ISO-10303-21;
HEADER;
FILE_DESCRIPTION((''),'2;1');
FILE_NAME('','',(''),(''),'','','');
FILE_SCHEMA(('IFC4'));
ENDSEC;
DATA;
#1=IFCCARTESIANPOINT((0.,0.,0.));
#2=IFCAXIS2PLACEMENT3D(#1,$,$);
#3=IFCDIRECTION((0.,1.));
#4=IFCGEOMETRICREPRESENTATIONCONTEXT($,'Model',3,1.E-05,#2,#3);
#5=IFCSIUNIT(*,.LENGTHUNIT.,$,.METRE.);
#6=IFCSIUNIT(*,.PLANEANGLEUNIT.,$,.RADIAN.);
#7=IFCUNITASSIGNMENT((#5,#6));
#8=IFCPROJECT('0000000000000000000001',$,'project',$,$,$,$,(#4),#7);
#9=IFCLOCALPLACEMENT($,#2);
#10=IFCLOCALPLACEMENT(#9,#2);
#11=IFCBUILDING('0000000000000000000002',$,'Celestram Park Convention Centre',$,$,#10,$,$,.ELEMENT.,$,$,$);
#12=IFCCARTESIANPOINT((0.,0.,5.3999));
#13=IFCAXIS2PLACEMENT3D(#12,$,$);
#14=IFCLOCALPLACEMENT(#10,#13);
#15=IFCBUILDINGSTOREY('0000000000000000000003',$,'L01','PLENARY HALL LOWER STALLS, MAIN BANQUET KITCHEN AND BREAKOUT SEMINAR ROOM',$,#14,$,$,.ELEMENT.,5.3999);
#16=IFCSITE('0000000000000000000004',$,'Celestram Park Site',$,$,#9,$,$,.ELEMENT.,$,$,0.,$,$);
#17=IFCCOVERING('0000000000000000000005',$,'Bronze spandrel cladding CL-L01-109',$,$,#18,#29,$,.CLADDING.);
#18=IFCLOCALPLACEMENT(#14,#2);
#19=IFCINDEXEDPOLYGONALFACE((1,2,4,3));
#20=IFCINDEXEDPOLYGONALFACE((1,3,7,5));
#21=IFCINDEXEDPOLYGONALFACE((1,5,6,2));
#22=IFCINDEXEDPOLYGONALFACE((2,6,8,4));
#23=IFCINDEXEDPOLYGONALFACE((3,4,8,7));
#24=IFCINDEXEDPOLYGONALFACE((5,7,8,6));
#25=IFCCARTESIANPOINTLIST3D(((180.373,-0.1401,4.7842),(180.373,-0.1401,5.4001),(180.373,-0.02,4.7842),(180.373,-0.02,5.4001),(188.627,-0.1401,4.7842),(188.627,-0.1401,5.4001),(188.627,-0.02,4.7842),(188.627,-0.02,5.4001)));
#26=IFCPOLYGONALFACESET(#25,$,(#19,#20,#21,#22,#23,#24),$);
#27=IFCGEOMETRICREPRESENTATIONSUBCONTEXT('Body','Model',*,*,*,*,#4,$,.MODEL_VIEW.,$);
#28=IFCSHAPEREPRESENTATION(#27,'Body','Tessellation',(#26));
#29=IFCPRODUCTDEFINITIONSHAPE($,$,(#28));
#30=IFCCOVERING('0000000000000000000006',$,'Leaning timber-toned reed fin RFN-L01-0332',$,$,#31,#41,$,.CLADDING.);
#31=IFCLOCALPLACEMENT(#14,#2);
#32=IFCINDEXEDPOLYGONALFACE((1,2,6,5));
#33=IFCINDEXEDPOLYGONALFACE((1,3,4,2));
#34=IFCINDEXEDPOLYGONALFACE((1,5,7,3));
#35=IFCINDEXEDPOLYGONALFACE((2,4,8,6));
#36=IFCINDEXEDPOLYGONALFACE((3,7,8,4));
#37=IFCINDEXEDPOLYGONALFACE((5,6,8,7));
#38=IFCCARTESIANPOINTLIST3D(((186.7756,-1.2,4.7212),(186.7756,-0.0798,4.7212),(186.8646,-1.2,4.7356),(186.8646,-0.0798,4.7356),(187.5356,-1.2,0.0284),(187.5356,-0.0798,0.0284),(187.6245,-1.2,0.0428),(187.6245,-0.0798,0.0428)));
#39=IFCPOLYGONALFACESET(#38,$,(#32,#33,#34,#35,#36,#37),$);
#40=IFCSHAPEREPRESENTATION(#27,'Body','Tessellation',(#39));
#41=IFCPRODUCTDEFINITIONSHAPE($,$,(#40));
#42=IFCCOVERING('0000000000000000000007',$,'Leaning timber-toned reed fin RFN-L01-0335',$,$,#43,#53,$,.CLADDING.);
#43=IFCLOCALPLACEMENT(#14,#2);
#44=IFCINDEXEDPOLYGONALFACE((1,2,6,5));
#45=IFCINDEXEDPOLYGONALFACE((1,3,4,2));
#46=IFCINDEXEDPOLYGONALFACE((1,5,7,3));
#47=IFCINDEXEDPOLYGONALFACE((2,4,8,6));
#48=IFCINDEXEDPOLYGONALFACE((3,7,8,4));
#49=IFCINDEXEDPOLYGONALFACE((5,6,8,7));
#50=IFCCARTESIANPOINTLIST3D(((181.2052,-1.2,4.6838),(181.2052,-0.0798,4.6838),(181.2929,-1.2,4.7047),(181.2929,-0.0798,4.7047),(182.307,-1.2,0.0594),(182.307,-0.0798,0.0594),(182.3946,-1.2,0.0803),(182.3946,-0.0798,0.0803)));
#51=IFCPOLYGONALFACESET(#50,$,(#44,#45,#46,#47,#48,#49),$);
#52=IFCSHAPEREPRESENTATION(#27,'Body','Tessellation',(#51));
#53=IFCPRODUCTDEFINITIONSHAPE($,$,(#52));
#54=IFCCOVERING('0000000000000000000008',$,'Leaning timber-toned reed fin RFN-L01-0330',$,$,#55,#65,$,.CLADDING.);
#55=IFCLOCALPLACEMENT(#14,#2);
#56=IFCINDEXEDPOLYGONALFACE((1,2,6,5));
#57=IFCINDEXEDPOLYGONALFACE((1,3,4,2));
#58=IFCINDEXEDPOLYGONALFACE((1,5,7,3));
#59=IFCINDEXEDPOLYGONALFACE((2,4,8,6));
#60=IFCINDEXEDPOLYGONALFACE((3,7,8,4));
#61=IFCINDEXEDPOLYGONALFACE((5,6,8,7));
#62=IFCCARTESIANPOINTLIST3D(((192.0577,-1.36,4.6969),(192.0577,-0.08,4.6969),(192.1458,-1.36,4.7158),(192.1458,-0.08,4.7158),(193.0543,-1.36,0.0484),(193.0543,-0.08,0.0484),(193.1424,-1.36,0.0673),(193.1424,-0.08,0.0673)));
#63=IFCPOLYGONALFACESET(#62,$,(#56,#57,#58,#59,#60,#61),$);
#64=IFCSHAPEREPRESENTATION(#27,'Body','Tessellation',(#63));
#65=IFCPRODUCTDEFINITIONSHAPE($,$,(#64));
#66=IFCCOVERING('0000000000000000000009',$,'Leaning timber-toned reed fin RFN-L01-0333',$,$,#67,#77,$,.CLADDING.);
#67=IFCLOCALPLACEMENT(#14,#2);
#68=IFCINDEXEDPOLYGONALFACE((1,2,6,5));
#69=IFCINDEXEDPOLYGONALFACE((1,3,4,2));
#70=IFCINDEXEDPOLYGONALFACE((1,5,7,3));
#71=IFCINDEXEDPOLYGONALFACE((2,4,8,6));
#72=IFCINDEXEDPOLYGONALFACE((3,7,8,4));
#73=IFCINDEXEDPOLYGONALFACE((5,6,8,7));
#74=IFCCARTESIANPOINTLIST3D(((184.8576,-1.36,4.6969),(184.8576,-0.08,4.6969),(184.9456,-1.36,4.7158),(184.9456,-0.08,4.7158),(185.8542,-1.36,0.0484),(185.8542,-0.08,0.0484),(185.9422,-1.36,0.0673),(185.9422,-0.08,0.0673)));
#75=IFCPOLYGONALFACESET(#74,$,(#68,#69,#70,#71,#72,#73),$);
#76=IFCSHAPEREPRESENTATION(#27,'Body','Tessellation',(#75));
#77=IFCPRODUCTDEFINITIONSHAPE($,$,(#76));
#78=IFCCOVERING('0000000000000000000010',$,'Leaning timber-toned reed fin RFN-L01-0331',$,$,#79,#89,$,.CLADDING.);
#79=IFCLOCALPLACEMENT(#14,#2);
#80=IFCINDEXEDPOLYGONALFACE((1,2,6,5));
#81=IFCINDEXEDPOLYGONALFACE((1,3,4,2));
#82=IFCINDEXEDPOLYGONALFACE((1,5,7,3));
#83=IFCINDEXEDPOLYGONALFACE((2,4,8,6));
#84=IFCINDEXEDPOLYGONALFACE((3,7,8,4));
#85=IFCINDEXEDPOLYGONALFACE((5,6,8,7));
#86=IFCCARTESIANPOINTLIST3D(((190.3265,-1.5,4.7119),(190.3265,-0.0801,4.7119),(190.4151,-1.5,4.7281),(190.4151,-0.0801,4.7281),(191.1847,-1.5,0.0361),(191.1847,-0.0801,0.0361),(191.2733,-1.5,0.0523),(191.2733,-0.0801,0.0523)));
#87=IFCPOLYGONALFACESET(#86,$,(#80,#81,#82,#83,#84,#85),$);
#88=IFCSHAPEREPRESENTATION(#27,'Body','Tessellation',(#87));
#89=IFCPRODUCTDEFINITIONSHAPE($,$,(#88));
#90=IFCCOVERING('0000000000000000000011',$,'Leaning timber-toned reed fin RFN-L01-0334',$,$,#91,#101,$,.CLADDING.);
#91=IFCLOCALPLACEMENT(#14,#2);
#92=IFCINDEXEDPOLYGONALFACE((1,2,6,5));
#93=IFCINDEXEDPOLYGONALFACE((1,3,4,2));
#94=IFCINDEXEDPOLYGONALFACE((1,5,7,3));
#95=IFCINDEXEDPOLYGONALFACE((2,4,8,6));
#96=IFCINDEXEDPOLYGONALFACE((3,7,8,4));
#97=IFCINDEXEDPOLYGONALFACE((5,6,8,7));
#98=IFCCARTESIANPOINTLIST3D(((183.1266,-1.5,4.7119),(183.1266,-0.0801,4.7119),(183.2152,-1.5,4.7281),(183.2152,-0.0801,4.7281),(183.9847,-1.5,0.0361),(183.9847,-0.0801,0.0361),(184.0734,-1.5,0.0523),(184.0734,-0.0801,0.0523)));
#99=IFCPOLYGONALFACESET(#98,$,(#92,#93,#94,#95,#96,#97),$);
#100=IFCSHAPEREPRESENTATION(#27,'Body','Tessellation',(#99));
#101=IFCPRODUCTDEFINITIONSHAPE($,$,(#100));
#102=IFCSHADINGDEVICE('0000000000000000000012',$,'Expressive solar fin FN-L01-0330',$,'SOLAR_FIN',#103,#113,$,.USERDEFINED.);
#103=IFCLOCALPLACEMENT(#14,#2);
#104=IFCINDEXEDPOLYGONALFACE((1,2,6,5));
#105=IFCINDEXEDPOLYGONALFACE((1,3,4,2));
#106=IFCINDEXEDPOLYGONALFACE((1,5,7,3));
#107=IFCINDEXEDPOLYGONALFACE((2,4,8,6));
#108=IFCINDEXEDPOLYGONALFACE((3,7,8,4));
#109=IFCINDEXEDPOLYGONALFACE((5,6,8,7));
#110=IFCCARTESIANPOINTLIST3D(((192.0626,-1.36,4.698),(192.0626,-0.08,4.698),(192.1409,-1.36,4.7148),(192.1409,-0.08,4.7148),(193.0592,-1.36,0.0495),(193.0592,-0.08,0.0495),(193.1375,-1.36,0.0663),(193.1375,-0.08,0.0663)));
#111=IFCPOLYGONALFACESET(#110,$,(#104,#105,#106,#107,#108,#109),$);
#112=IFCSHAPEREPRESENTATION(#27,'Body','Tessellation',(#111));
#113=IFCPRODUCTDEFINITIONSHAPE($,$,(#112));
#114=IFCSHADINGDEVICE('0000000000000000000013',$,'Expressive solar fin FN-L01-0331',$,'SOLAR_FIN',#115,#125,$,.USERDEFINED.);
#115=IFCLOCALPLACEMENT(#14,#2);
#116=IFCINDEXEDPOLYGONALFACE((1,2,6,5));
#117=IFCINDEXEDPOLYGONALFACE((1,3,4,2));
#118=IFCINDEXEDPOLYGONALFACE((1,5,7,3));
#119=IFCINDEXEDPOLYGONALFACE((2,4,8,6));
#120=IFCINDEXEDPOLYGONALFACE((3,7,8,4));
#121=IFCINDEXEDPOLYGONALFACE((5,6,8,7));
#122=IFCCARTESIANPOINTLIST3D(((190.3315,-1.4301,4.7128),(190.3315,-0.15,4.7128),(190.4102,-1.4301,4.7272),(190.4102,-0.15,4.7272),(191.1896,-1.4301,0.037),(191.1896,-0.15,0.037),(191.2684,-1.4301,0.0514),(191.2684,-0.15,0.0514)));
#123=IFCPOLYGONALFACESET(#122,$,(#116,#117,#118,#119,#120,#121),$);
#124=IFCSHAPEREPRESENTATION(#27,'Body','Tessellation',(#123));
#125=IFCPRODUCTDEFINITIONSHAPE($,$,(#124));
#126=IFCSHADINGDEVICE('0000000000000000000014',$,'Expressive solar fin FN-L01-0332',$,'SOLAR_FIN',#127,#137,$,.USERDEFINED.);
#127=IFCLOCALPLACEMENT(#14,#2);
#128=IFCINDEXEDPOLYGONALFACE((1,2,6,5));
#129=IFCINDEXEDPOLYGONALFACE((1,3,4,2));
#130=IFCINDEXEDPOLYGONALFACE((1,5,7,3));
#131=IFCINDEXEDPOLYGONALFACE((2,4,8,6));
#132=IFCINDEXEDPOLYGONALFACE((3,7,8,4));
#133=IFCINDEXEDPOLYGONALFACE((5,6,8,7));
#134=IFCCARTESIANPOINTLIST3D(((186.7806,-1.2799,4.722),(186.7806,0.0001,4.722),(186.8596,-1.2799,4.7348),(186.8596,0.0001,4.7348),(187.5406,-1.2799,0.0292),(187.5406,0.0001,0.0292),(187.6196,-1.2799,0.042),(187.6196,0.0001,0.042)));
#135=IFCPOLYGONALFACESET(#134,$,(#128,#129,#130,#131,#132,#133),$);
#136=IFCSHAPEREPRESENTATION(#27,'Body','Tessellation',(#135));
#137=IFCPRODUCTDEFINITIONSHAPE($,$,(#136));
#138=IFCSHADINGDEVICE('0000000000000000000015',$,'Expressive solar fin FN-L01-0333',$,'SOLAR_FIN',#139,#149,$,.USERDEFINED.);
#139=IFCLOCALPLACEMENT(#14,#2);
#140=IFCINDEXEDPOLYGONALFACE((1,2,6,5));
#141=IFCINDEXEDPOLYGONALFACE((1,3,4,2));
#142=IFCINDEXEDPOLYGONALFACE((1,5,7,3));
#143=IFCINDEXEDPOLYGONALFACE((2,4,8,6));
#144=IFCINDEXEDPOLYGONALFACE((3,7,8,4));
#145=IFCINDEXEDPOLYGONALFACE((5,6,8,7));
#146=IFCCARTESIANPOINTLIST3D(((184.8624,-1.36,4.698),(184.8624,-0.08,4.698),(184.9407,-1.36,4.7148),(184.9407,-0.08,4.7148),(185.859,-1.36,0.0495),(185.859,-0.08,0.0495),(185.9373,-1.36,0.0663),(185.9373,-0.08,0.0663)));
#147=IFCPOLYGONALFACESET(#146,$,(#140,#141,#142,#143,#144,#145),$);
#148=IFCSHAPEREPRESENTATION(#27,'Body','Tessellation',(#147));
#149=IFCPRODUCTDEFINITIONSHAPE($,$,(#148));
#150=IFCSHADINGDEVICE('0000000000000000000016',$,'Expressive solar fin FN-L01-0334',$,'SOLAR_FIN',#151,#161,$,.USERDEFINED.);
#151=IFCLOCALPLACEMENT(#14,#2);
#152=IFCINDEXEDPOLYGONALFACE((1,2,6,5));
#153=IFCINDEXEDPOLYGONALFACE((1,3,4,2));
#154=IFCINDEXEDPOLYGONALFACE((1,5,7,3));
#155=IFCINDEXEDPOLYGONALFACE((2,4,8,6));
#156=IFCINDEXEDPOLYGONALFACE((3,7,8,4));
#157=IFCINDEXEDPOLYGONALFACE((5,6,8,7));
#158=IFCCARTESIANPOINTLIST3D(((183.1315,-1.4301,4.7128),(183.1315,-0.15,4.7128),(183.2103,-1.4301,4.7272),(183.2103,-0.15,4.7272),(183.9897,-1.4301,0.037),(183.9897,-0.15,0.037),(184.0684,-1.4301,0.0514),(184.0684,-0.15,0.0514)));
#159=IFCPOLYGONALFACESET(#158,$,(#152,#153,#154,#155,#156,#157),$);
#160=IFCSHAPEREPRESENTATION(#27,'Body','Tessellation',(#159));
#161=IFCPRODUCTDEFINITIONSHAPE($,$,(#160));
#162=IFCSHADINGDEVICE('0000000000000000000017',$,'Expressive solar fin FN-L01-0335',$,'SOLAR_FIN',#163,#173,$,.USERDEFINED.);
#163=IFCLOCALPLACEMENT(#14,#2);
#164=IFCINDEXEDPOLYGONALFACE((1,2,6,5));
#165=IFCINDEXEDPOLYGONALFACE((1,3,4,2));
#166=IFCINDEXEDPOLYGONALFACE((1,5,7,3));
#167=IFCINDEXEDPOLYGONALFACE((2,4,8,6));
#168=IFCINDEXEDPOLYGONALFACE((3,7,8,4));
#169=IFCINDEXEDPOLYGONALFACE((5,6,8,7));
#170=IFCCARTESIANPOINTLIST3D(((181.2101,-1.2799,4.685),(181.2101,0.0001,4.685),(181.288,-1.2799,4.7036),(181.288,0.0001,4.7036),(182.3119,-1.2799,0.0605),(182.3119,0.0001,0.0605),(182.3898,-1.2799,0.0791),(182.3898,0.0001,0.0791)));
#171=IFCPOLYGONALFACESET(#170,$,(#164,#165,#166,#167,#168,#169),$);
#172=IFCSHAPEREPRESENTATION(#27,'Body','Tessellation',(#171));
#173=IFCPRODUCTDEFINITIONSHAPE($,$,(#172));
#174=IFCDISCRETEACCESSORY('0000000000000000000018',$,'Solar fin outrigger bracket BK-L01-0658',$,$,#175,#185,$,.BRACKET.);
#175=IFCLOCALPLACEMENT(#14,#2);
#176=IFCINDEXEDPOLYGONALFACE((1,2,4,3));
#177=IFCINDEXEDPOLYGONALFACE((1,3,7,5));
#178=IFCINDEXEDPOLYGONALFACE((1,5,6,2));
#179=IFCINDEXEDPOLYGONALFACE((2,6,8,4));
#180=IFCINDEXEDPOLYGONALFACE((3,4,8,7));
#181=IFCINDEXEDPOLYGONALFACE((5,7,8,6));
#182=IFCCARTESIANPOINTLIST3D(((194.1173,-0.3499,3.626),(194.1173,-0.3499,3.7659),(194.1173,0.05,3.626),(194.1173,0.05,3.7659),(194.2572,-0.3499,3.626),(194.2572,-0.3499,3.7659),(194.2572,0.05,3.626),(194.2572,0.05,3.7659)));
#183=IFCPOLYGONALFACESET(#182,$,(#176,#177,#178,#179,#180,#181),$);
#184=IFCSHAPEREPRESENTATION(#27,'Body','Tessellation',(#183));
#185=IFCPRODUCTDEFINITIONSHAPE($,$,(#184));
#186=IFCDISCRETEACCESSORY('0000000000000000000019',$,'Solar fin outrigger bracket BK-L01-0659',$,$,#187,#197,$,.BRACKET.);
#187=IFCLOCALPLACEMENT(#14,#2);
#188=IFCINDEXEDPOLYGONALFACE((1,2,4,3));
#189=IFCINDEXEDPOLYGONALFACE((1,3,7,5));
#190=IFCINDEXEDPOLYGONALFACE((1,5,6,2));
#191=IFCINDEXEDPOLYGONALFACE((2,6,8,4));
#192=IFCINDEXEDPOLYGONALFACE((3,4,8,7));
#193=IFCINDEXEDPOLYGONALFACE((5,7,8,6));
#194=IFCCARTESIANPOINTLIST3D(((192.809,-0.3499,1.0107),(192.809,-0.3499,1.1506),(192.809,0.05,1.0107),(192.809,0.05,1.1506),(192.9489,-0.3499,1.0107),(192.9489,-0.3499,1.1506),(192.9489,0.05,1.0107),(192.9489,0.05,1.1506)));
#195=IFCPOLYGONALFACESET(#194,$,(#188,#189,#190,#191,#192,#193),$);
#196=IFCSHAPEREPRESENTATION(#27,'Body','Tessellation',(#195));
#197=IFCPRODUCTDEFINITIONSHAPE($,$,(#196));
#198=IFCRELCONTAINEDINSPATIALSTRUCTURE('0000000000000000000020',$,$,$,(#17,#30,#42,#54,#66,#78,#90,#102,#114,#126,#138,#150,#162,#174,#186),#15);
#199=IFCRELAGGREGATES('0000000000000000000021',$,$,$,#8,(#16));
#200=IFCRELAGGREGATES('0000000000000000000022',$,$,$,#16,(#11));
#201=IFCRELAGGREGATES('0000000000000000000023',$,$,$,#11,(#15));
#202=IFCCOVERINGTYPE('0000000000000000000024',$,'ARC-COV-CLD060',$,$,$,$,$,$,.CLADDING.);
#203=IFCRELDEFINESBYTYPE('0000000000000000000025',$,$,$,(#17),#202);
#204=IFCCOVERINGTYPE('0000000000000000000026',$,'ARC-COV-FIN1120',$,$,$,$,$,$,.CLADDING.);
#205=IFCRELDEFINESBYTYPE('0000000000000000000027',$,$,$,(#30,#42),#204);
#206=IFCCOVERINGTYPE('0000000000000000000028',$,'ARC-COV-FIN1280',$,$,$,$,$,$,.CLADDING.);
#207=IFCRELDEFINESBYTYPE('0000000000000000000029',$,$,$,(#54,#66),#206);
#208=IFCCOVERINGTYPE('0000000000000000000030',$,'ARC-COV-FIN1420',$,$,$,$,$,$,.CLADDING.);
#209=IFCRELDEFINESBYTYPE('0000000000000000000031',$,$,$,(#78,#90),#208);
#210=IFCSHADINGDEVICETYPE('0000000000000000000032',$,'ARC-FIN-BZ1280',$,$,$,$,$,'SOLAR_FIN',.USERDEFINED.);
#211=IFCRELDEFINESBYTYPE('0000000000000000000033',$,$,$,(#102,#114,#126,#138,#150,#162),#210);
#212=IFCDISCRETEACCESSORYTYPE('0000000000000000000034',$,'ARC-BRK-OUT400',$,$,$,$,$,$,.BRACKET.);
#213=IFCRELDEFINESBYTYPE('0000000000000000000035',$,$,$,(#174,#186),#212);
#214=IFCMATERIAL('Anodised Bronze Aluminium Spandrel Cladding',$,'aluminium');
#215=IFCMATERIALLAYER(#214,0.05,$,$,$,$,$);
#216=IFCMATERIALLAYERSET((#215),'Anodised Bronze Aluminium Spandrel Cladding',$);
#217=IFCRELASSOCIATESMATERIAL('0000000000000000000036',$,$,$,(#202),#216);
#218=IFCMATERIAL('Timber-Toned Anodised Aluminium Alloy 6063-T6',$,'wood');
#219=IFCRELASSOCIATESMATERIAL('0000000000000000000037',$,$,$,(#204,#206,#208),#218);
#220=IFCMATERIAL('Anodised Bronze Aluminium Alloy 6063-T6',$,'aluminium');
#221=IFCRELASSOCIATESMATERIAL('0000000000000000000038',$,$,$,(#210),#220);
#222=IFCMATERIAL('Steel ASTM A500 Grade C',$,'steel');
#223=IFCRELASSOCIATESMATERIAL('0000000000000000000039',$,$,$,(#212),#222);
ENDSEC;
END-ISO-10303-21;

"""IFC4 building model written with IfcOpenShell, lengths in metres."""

from ifc_helpers import new_model, si_unit, direction, frame, origin, origin_2d, place, context, subcontext, project, spatial, rectangle, extrude, material, layer, layer_set, material_profile, profile_set, type_object, element, save


model = new_model("IFC4")

# Units and contexts
model_context = context("Model", 3, precision=1e-05, world=origin(), true_north=direction((0.0, 1.0)))
body_context = subcontext(model_context, "Body", "Model", "MODEL_VIEW")
ifc_project = project(units=[si_unit("LENGTHUNIT", "METRE"), si_unit("PLANEANGLEUNIT", "RADIAN")], contexts=[model_context])

# Site, building, storey
site_placement = place(None, origin())
site = spatial("IfcSite", under=ifc_project, at=site_placement, Name="Celestram Park Site", CompositionType="ELEMENT", RefElevation=0.0)
building_placement = place(site_placement, origin())
building = spatial("IfcBuilding", under=site, at=building_placement, Name="Celestram Park Convention Centre", CompositionType="ELEMENT")
storey_placement = place(building_placement, frame((0.0, 0.0, 5.3999)))
storey = spatial("IfcBuildingStorey", under=building, at=storey_placement, Name="L01", Description="PLENARY HALL LOWER STALLS, MAIN BANQUET KITCHEN AND BREAKOUT SEMINAR ROOM", CompositionType="ELEMENT", Elevation=5.3999)

# Coverings
ifc_material_1 = material(Name="Anodised Bronze Aluminium Spandrel Cladding", Category="aluminium")
ifc_layer_1 = layer(ifc_material_1, 0.05)
ifc_layer_set_1 = layer_set([ifc_layer_1], Name="Anodised Bronze Aluminium Spandrel Cladding")
covering_type_1 = type_object("IfcCoveringType", Name="ARC-COV-CLD060", PredefinedType="CLADDING", material=ifc_layer_set_1)
for number, where, z_axis, x_axis, name in (
    (1, (184.5, -0.0801, 4.7842), (0.0, 0.0, 1.0), (-1.0, 0.0, 0.0), "Bronze spandrel cladding CL-L01-109"),
):
    element("IfcCovering", number, at=place(storey_placement, frame(where, z_axis=z_axis, x_axis=x_axis)), inside=storey, type_object=covering_type_1, Name=name, PredefinedType="CLADDING", context=body_context, shape_type="SweptSolid", body=[
        extrude(rectangle(XDim=8.2539, YDim=0.1201, at=origin_2d()), origin(), (0.0, 0.0, 1.0), 0.616),
    ])
ifc_material_2 = material(Name="Timber-Toned Anodised Aluminium Alloy 6063-T6", Category="wood")
ifc_material_profile_1 = material_profile(ifc_material_2, rectangle(XDim=1.1201, YDim=0.0901, at=origin_2d()), Name="REED1120X90")
ifc_profile_set_1 = profile_set([ifc_material_profile_1], Name="Timber-Toned Anodised Aluminium Alloy 6063-T6")
covering_type_2 = type_object("IfcCoveringType", Name="ARC-COV-FIN1120", PredefinedType="CLADDING", material=ifc_profile_set_1)
for number, where, z_axis, x_axis, name in (
    (2, (187.5801, -0.6399, 0.0356), (-0.159867, 0.0, 0.987139), (0.0, -1.0, 0.0), "Leaning timber-toned reed fin RFN-L01-0332"),
    (3, (182.3508, -0.6399, 0.0698), (-0.231766, 0.0, 0.972771), (0.0, -1.0, 0.0), "Leaning timber-toned reed fin RFN-L01-0335"),
):
    element("IfcCovering", number, at=place(storey_placement, frame(where, z_axis=z_axis, x_axis=x_axis)), inside=storey, type_object=covering_type_2, Name=name, PredefinedType="CLADDING", context=body_context, shape_type="SweptSolid", body=[
        extrude(rectangle(XDim=1.1201, YDim=0.0901, at=origin_2d()), origin(), (0.0, 0.0, 1.0), 4.7539),
    ])
ifc_material_profile_2 = material_profile(ifc_material_2, rectangle(XDim=1.28, YDim=0.0901, at=origin_2d()), Name="REED1280X90")
ifc_profile_set_2 = profile_set([ifc_material_profile_2], Name="Timber-Toned Anodised Aluminium Alloy 6063-T6")
covering_type_3 = type_object("IfcCoveringType", Name="ARC-COV-FIN1280", PredefinedType="CLADDING", material=ifc_profile_set_2)
for number, where, z_axis, x_axis, name in (
    (4, (193.0984, -0.72, 0.0579), (-0.209627, 0.0, 0.977781), (0.0, -1.0, 0.0), "Leaning timber-toned reed fin RFN-L01-0330"),
    (5, (185.8982, -0.72, 0.0579), (-0.209627, 0.0, 0.977781), (0.0, -1.0, 0.0), "Leaning timber-toned reed fin RFN-L01-0333"),
):
    element("IfcCovering", number, at=place(storey_placement, frame(where, z_axis=z_axis, x_axis=x_axis)), inside=storey, type_object=covering_type_3, Name=name, PredefinedType="CLADDING", context=body_context, shape_type="SweptSolid", body=[
        extrude(rectangle(XDim=1.28, YDim=0.0901, at=origin_2d()), origin(), (0.0, 0.0, 1.0), 4.7542),
    ])
ifc_material_profile_3 = material_profile(ifc_material_2, rectangle(XDim=1.4199, YDim=0.0901, at=origin_2d()), Name="REED1420X90")
ifc_profile_set_3 = profile_set([ifc_material_profile_3], Name="Timber-Toned Anodised Aluminium Alloy 6063-T6")
covering_type_4 = type_object("IfcCoveringType", Name="ARC-COV-FIN1420", PredefinedType="CLADDING", material=ifc_profile_set_3)
for number, where, z_axis, x_axis, name in (
    (6, (191.229, -0.79, 0.0442), (-0.180517, 0.0, 0.983572), (0.0, -1.0, 0.0), "Leaning timber-toned reed fin RFN-L01-0331"),
    (7, (184.0291, -0.79, 0.0442), (-0.180517, 0.0, 0.983572), (0.0, -1.0, 0.0), "Leaning timber-toned reed fin RFN-L01-0334"),
):
    element("IfcCovering", number, at=place(storey_placement, frame(where, z_axis=z_axis, x_axis=x_axis)), inside=storey, type_object=covering_type_4, Name=name, PredefinedType="CLADDING", context=body_context, shape_type="SweptSolid", body=[
        extrude(rectangle(XDim=1.4199, YDim=0.0901, at=origin_2d()), origin(), (0.0, 0.0, 1.0), 4.7539),
    ])

# Shading devices
ifc_material_3 = material(Name="Anodised Bronze Aluminium Alloy 6063-T6", Category="aluminium")
ifc_material_profile_4 = material_profile(ifc_material_3, rectangle(XDim=1.28, YDim=0.0801, at=origin_2d()), Name="FIN1280X80")
ifc_profile_set_4 = profile_set([ifc_material_profile_4], Name="Anodised Bronze Aluminium Alloy 6063-T6")
shading_device_type = type_object("IfcShadingDeviceType", Name="ARC-FIN-BZ1280", ElementType="SOLAR_FIN", PredefinedType="USERDEFINED", material=ifc_profile_set_4)
shading_device_1_placement = place(storey_placement, frame((193.0984, -0.72, 0.0579), z_axis=(-0.209627, 0.0, 0.977781), x_axis=(0.0, -1.0, 0.0)))
element("IfcShadingDevice", 8, at=shading_device_1_placement, inside=storey, type_object=shading_device_type, Name="Expressive solar fin FN-L01-0330", ObjectType="SOLAR_FIN", PredefinedType="USERDEFINED", context=body_context, shape_type="SweptSolid", body=[
    extrude(rectangle(XDim=1.28, YDim=0.0801, at=origin_2d()), origin(), (0.0, 0.0, 1.0), 4.7542),
])
for number, where, z_axis, x_axis, name in (
    (9, (191.229, -0.79, 0.0442), (-0.180517, 0.0, 0.983572), (0.0, -1.0, 0.0), "Expressive solar fin FN-L01-0331"),
    (10, (187.5801, -0.6399, 0.0356), (-0.159867, 0.0, 0.987139), (0.0, -1.0, 0.0), "Expressive solar fin FN-L01-0332"),
):
    element("IfcShadingDevice", number, at=place(storey_placement, frame(where, z_axis=z_axis, x_axis=x_axis)), inside=storey, type_object=shading_device_type, Name=name, ObjectType="SOLAR_FIN", PredefinedType="USERDEFINED", context=body_context, shape_type="SweptSolid", body=[
        extrude(rectangle(XDim=1.28, YDim=0.0801, at=origin_2d()), origin(), (0.0, 0.0, 1.0), 4.7539),
    ])
shading_device_2_placement = place(storey_placement, frame((185.8982, -0.72, 0.0579), z_axis=(-0.209627, 0.0, 0.977781), x_axis=(0.0, -1.0, 0.0)))
element("IfcShadingDevice", 11, at=shading_device_2_placement, inside=storey, type_object=shading_device_type, Name="Expressive solar fin FN-L01-0333", ObjectType="SOLAR_FIN", PredefinedType="USERDEFINED", context=body_context, shape_type="SweptSolid", body=[
    extrude(rectangle(XDim=1.28, YDim=0.0801, at=origin_2d()), origin(), (0.0, 0.0, 1.0), 4.7542),
])
for number, where, z_axis, x_axis, name in (
    (12, (184.0291, -0.79, 0.0442), (-0.180517, 0.0, 0.983572), (0.0, -1.0, 0.0), "Expressive solar fin FN-L01-0334"),
    (13, (182.3508, -0.6399, 0.0698), (-0.231766, 0.0, 0.972771), (0.0, -1.0, 0.0), "Expressive solar fin FN-L01-0335"),
):
    element("IfcShadingDevice", number, at=place(storey_placement, frame(where, z_axis=z_axis, x_axis=x_axis)), inside=storey, type_object=shading_device_type, Name=name, ObjectType="SOLAR_FIN", PredefinedType="USERDEFINED", context=body_context, shape_type="SweptSolid", body=[
        extrude(rectangle(XDim=1.28, YDim=0.0801, at=origin_2d()), origin(), (0.0, 0.0, 1.0), 4.7539),
    ])

# Discrete accessories
ifc_material_4 = material(Name="Steel ASTM A500 Grade C", Category="steel")
discrete_accessory_type = type_object("IfcDiscreteAccessoryType", Name="ARC-BRK-OUT400", PredefinedType="BRACKET", material=ifc_material_4)
for number, where, z_axis, x_axis, name in (
    (14, (194.1873, -0.1499, 3.626), (0.0, 0.0, 1.0), (0.0, -1.0, 0.0), "Solar fin outrigger bracket BK-L01-0658"),
    (15, (192.8789, -0.1499, 1.0107), (0.0, 0.0, 1.0), (0.0, -1.0, 0.0), "Solar fin outrigger bracket BK-L01-0659"),
):
    element("IfcDiscreteAccessory", number, at=place(storey_placement, frame(where, z_axis=z_axis, x_axis=x_axis)), inside=storey, type_object=discrete_accessory_type, Name=name, PredefinedType="BRACKET", context=body_context, shape_type="SweptSolid", body=[
        extrude(rectangle(XDim=0.3999, YDim=0.1399, at=origin_2d()), origin(), (0.0, 0.0, 1.0), 0.1399),
    ])

save(model, "model.ifc")
